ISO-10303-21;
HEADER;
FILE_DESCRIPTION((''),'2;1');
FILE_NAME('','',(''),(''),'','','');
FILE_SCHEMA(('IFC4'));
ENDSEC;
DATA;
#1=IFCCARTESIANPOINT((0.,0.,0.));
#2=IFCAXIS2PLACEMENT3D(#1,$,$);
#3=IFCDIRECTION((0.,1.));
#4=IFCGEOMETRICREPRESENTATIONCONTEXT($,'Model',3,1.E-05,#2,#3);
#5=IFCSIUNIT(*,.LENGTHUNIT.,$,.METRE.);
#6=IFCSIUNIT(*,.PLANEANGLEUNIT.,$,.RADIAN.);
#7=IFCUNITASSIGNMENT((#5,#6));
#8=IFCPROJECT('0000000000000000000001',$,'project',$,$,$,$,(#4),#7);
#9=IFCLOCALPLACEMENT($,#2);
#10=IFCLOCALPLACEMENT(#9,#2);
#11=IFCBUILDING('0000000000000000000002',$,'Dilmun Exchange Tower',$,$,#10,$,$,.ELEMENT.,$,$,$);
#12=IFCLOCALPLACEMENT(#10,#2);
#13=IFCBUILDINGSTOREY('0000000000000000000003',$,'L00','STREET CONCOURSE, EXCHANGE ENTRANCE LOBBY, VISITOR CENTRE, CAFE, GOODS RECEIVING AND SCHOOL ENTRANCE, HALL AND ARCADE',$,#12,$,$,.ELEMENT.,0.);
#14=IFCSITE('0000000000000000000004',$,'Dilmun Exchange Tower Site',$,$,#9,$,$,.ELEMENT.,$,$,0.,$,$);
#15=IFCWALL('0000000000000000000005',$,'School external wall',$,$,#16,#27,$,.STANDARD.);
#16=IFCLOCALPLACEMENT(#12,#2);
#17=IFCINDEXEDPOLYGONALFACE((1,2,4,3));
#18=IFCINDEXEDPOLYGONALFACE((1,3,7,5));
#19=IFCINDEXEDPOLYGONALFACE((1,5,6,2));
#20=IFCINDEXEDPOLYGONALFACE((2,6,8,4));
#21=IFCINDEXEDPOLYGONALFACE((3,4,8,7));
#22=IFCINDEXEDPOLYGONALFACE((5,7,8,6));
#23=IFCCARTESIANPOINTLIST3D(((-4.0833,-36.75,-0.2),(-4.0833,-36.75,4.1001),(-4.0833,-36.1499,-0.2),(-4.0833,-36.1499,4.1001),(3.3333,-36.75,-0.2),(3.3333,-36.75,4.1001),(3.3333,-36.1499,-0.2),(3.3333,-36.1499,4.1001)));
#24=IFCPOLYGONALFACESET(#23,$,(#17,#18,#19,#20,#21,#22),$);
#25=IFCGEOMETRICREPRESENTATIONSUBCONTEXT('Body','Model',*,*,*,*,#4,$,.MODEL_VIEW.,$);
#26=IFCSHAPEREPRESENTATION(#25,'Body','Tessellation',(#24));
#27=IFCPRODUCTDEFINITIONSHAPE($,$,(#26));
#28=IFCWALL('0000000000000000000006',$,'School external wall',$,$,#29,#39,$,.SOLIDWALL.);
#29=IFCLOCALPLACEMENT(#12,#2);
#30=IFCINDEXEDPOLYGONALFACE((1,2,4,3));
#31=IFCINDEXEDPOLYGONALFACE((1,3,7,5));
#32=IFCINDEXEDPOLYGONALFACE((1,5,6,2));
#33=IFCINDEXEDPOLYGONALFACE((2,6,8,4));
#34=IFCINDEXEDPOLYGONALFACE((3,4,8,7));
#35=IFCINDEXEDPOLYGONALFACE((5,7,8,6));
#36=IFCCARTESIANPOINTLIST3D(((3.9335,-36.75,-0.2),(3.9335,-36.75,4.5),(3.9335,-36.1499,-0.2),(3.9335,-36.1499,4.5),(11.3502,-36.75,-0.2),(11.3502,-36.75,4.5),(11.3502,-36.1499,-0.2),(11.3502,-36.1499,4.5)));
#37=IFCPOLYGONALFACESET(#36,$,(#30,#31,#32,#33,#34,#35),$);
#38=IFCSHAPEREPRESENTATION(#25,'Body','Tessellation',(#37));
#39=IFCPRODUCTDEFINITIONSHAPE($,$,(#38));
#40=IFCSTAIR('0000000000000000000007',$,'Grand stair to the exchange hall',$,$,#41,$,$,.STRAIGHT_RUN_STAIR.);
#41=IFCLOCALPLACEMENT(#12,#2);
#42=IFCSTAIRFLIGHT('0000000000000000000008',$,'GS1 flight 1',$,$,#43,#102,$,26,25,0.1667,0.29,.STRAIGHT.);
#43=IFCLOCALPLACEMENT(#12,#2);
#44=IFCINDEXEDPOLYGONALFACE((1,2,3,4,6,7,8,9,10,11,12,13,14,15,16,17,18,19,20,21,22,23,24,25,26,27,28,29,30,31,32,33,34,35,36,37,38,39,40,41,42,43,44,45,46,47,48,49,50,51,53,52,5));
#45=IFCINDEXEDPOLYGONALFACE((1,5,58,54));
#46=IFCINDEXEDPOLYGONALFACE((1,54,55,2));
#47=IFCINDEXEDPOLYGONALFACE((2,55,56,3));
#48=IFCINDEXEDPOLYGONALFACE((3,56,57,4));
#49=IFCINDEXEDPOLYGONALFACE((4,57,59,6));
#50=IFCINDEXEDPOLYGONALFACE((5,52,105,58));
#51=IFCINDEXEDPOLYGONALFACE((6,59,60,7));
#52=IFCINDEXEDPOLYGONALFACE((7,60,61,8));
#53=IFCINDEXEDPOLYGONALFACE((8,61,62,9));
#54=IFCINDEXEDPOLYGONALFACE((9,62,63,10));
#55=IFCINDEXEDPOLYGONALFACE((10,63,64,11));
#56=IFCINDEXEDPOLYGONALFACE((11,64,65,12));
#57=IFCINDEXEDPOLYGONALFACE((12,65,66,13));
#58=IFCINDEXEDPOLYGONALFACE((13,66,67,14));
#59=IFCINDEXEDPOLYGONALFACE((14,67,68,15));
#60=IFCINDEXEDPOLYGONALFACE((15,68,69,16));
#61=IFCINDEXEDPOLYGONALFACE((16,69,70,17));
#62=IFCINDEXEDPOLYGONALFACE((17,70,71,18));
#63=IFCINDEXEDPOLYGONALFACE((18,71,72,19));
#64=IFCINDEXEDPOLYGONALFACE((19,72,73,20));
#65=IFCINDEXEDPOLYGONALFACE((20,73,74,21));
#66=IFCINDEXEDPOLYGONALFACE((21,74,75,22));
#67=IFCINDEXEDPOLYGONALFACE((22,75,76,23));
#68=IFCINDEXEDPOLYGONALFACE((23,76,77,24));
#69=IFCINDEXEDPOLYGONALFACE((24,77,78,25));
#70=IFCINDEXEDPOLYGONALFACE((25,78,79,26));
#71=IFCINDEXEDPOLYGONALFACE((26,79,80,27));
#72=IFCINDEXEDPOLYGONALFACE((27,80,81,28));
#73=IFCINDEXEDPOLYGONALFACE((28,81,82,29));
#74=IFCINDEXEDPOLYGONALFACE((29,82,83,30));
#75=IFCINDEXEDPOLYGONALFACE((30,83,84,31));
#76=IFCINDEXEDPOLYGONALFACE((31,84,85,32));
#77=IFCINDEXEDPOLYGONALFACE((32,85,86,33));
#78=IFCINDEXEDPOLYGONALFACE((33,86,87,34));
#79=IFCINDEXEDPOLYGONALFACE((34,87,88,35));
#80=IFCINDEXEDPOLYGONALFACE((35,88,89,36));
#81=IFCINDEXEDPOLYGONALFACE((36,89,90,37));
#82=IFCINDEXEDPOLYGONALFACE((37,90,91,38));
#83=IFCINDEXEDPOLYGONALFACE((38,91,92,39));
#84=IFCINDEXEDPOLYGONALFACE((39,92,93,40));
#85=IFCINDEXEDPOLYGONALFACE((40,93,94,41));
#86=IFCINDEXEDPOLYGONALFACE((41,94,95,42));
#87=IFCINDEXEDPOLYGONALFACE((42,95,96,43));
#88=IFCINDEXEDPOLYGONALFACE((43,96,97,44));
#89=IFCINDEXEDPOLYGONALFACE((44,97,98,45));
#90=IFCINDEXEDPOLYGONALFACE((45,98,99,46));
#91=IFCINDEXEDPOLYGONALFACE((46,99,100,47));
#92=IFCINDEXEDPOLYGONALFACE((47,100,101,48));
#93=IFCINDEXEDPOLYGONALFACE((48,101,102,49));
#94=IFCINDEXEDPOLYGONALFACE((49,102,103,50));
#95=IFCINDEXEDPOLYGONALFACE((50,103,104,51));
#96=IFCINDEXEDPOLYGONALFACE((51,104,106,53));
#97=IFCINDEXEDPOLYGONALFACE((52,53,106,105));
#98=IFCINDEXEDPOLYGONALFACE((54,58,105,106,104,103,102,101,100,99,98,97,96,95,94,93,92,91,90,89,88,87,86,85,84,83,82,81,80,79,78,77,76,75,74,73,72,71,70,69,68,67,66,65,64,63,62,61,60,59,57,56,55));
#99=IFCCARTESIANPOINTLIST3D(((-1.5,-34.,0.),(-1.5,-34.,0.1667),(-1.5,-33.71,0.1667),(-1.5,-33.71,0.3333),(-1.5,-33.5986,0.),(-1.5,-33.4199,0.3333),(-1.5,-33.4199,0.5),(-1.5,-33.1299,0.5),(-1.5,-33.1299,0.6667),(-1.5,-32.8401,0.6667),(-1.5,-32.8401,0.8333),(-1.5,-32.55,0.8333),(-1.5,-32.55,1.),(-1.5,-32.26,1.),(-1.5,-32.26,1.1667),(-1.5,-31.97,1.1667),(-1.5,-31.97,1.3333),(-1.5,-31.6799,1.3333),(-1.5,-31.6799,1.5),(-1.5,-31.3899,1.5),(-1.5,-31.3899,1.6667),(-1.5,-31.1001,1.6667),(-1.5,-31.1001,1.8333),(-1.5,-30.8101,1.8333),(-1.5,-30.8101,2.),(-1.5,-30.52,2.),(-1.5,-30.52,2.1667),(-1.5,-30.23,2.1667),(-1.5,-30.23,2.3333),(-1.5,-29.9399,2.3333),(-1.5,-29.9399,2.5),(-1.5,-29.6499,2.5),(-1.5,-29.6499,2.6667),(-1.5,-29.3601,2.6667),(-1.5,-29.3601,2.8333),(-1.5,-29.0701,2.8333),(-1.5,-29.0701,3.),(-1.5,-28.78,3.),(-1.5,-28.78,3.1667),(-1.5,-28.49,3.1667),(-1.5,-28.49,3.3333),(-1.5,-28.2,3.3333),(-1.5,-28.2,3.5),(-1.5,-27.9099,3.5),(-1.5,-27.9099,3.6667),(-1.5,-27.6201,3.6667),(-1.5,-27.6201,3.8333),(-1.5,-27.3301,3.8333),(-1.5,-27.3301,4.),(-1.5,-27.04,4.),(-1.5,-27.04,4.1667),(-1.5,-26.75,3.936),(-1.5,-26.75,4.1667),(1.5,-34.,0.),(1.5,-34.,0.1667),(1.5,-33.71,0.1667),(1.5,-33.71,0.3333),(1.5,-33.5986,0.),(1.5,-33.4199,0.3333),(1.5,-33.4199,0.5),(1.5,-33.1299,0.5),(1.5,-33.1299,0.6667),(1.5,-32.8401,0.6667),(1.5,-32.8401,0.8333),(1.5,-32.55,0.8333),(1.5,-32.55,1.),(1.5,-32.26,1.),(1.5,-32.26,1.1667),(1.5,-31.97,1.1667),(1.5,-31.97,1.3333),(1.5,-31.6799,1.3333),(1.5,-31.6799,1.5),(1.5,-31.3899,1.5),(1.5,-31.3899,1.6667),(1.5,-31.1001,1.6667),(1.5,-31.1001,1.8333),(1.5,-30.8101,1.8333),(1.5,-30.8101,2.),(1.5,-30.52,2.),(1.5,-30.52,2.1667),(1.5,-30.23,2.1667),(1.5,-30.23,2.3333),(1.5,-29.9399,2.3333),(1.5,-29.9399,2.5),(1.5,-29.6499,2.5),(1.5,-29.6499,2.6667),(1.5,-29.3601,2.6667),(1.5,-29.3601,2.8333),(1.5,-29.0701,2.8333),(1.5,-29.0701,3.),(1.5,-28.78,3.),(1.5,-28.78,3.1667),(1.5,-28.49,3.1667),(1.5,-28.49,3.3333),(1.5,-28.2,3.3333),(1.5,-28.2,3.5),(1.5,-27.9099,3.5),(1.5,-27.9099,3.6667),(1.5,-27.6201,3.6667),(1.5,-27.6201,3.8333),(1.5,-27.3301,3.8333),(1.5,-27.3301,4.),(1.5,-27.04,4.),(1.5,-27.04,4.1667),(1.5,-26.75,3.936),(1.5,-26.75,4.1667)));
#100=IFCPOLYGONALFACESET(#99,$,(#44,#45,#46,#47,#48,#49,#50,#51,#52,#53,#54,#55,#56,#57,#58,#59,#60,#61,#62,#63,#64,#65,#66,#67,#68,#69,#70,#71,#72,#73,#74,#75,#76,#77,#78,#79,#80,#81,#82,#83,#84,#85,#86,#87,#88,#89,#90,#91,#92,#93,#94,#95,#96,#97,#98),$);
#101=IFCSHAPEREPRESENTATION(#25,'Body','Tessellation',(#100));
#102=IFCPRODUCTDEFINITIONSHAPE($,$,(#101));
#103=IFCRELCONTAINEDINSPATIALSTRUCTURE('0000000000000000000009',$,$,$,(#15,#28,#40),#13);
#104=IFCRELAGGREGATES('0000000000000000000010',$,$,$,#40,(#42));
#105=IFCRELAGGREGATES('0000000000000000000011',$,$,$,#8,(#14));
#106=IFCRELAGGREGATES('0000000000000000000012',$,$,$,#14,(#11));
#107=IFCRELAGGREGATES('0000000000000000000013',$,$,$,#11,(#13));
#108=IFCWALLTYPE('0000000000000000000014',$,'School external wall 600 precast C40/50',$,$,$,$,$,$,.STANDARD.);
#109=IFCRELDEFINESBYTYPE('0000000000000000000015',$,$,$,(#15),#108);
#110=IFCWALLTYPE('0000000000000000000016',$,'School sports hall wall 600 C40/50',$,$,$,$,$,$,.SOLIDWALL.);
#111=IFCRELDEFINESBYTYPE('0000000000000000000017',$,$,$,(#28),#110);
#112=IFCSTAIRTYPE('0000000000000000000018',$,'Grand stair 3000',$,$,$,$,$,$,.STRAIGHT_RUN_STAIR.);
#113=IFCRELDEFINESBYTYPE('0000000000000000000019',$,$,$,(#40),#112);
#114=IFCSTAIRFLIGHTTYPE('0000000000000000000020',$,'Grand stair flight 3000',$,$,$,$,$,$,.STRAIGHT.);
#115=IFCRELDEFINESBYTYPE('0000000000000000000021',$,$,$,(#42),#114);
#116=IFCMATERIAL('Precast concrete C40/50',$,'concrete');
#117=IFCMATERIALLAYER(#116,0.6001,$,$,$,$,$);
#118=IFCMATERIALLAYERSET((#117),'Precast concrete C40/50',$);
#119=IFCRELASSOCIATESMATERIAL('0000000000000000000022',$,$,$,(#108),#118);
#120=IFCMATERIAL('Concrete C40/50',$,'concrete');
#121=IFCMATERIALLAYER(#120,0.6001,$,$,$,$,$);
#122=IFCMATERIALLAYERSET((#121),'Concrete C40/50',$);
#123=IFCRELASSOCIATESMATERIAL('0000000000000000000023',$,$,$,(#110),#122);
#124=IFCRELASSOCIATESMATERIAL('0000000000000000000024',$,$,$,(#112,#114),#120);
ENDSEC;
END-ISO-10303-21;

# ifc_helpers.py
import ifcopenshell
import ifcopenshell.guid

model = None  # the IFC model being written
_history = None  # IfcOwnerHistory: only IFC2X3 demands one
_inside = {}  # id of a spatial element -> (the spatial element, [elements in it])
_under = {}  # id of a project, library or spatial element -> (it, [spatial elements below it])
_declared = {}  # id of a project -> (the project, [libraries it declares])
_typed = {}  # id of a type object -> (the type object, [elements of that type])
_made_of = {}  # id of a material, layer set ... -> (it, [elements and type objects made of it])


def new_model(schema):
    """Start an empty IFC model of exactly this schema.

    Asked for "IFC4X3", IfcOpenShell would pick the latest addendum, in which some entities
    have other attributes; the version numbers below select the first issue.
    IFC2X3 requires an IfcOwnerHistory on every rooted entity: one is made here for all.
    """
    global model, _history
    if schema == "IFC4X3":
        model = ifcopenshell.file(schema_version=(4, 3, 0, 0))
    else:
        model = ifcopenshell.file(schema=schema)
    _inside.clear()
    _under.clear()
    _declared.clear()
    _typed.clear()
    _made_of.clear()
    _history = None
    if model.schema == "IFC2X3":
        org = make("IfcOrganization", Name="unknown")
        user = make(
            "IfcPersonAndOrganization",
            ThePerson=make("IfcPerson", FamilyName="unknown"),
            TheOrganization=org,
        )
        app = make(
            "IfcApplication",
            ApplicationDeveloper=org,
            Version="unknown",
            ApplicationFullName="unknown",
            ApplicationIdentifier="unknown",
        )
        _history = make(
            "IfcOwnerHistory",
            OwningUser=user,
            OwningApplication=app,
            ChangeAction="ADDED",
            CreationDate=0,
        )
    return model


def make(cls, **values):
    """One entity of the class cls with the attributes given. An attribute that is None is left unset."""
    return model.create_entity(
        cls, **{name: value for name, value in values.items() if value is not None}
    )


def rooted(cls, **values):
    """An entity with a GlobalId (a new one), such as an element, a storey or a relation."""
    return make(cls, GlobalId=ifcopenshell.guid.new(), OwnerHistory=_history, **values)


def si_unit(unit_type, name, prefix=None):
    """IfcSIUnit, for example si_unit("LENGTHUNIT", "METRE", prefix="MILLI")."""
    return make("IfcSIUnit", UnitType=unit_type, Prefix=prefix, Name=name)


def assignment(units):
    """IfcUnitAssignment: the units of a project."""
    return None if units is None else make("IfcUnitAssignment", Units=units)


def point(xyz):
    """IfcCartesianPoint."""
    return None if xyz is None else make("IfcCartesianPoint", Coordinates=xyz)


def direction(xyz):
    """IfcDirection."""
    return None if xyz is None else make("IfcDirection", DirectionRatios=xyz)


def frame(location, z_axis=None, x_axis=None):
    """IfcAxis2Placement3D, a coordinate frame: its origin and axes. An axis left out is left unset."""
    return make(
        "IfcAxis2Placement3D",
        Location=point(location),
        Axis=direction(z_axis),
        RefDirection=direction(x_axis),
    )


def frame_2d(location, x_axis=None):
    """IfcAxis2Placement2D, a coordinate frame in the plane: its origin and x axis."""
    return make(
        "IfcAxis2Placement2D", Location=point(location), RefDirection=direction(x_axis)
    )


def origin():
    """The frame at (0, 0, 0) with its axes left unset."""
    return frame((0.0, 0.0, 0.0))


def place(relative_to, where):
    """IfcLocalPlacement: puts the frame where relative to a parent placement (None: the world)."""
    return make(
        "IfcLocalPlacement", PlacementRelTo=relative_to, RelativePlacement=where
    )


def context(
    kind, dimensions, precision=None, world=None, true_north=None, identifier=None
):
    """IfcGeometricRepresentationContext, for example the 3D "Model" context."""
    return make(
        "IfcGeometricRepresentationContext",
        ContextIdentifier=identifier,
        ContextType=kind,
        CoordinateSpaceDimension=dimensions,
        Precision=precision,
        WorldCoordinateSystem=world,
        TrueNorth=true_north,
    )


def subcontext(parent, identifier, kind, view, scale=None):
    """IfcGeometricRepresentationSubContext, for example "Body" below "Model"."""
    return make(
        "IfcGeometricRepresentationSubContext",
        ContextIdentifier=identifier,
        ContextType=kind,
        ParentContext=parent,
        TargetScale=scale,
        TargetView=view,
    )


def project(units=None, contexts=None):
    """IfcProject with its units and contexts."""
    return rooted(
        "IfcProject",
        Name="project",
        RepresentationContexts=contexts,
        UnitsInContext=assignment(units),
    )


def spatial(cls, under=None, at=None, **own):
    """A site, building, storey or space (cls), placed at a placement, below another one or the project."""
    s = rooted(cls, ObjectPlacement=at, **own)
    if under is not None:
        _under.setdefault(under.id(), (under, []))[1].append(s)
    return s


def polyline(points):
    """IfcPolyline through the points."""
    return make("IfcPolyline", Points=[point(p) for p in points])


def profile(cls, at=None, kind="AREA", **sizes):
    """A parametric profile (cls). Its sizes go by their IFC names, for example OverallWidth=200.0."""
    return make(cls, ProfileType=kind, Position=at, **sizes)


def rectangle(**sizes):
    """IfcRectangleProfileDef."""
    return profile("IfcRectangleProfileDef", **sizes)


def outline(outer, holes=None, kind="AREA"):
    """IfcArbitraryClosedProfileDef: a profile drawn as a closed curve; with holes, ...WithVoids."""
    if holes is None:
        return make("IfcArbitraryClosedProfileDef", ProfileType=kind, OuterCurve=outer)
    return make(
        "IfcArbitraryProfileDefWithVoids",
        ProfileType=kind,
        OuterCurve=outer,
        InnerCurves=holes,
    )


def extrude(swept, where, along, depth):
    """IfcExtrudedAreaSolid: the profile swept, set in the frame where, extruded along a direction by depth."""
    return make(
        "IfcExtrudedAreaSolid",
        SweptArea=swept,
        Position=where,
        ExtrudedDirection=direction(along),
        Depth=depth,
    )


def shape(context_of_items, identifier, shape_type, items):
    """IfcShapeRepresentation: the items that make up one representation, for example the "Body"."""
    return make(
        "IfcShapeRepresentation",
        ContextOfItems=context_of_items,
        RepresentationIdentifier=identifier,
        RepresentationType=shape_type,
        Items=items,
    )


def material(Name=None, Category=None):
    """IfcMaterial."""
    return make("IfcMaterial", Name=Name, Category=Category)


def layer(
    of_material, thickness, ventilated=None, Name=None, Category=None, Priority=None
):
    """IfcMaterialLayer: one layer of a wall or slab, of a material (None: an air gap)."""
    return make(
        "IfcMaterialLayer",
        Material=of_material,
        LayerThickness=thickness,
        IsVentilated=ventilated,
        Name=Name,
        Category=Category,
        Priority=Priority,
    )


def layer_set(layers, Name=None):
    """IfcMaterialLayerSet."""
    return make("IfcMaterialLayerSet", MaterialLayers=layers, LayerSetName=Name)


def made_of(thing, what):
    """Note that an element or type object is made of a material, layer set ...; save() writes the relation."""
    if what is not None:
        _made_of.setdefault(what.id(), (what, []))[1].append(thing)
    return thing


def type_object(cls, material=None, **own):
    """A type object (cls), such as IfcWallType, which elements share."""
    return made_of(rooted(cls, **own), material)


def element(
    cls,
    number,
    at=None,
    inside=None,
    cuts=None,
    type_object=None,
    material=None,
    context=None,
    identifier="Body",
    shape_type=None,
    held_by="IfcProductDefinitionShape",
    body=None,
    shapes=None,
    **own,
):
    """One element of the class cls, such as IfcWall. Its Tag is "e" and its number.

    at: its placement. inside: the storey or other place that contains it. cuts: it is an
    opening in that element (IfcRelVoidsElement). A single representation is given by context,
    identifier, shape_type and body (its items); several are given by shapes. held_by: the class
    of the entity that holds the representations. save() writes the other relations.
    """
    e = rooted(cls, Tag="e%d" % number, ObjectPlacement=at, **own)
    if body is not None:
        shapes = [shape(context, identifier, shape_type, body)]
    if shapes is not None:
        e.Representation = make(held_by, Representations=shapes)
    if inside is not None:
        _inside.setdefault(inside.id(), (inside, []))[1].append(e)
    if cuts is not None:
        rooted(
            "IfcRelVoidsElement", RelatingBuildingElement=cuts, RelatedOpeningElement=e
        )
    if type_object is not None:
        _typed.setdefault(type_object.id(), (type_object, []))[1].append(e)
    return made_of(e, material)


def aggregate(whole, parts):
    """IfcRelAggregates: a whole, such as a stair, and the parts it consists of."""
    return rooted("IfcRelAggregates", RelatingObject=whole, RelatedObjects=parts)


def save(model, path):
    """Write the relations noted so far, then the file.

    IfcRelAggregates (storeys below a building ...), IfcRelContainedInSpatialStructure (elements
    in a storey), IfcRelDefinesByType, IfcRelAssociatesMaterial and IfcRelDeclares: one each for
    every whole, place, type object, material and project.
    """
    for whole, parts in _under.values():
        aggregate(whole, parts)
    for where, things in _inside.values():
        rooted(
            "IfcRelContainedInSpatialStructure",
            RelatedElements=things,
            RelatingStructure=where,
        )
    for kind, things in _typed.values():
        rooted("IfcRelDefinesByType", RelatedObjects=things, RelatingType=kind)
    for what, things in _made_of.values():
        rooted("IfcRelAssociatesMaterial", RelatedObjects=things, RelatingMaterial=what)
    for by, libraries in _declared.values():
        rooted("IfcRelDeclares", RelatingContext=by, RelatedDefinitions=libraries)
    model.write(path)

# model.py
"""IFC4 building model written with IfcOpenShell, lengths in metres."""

from ifc_helpers import new_model, si_unit, direction, frame, frame_2d, origin, place, context, subcontext, project, spatial, polyline, rectangle, outline, extrude, material, layer, layer_set, type_object, element, aggregate, save


model = new_model("IFC4")

# Units and contexts
model_context = context("Model", 3, precision=1e-05, world=origin(), true_north=direction((0.0, 1.0)))
body_context = subcontext(model_context, "Body", "Model", "MODEL_VIEW")
ifc_project = project(units=[si_unit("LENGTHUNIT", "METRE"), si_unit("PLANEANGLEUNIT", "RADIAN")], contexts=[model_context])

# Site, building, storey
site_placement = place(None, origin())
site = spatial("IfcSite", under=ifc_project, at=site_placement, Name="Dilmun Exchange Tower Site", CompositionType="ELEMENT", RefElevation=0.0)
building_placement = place(site_placement, origin())
building = spatial("IfcBuilding", under=site, at=building_placement, Name="Dilmun Exchange Tower", CompositionType="ELEMENT")
storey_placement = place(building_placement, origin())
storey = spatial("IfcBuildingStorey", under=building, at=storey_placement, Name="L00", Description="STREET CONCOURSE, EXCHANGE ENTRANCE LOBBY, VISITOR CENTRE, CAFE, GOODS RECEIVING AND SCHOOL ENTRANCE, HALL AND ARCADE", CompositionType="ELEMENT", Elevation=0.0)

# Shared definitions
ifc_material_1 = material(Name="Concrete C40/50", Category="concrete")

# Walls
ifc_material_2 = material(Name="Precast concrete C40/50", Category="concrete")
ifc_layer_1 = layer(ifc_material_2, 0.6001)
ifc_layer_set_1 = layer_set([ifc_layer_1], Name="Precast concrete C40/50")
wall_type_1 = type_object("IfcWallType", Name="School external wall 600 precast C40/50", PredefinedType="STANDARD", material=ifc_layer_set_1)
wall_1_placement = place(storey_placement, frame((-4.0833, -36.45, -0.2), z_axis=(0.0, 0.0, 1.0), x_axis=(1.0, 0.0, 0.0)))
element("IfcWall", 1, at=wall_1_placement, inside=storey, type_object=wall_type_1, Name="School external wall", PredefinedType="STANDARD", context=body_context, shape_type="SweptSolid", body=[
    extrude(rectangle(XDim=7.4165, YDim=0.6001, at=frame_2d((3.7083, 0.0))), origin(), (0.0, 0.0, 1.0), 4.3),
])
ifc_layer_2 = layer(ifc_material_1, 0.6001)
ifc_layer_set_2 = layer_set([ifc_layer_2], Name="Concrete C40/50")
wall_type_2 = type_object("IfcWallType", Name="School sports hall wall 600 C40/50", PredefinedType="SOLIDWALL", material=ifc_layer_set_2)
wall_2_placement = place(storey_placement, frame((3.9333, -36.45, -0.2), z_axis=(0.0, 0.0, 1.0), x_axis=(1.0, 0.0, 0.0)))
element("IfcWall", 2, at=wall_2_placement, inside=storey, type_object=wall_type_2, Name="School external wall", PredefinedType="SOLIDWALL", context=body_context, shape_type="SweptSolid", body=[
    extrude(rectangle(XDim=7.4167, YDim=0.6001, at=frame_2d((3.7085, 0.0))), origin(), (0.0, 0.0, 1.0), 4.7),
])

# Stair, stair flight
stair_type = type_object("IfcStairType", Name="Grand stair 3000", PredefinedType="STRAIGHT_RUN_STAIR", material=ifc_material_1)
stair_placement = place(storey_placement, origin())
stair = element("IfcStair", 3, at=stair_placement, inside=storey, type_object=stair_type, Name="Grand stair to the exchange hall", PredefinedType="STRAIGHT_RUN_STAIR")
stair_flight_type = type_object("IfcStairFlightType", Name="Grand stair flight 3000", PredefinedType="STRAIGHT", material=ifc_material_1)
stair_flight_placement = place(storey_placement, frame((0.0, -34.0, 0.0), z_axis=(0.0, 0.0, 1.0), x_axis=(0.0, 1.0, 0.0)))
stair_flight = element("IfcStairFlight", 4, at=stair_flight_placement, type_object=stair_flight_type, Name="GS1 flight 1", NumberOfRisers=26, NumberOfTreads=25, PredefinedType="STRAIGHT", RiserHeight=0.1667, TreadLength=0.29, context=body_context, shape_type="SweptSolid", body=[
    extrude(outline(polyline([(0.0, 0.0), (0.0, 0.1667), (0.29, 0.1667), (0.29, 0.3333), (0.5801, 0.3333), (0.5801, 0.5), (0.8701, 0.5), (0.8701, 0.6667), (1.1599, 0.6667), (1.1599, 0.8333), (1.45, 0.8333), (1.45, 1.0), (1.74, 1.0), (1.74, 1.1667), (2.03, 1.1667), (2.03, 1.3333), (2.3201, 1.3333), (2.3201, 1.5), (2.6101, 1.5), (2.6101, 1.6667), (2.8999, 1.6667), (2.8999, 1.8333), (3.1899, 1.8333), (3.1899, 2.0), (3.48, 2.0), (3.48, 2.1667), (3.77, 2.1667), (3.77, 2.3333), (4.0601, 2.3333), (4.0601, 2.5), (4.3501, 2.5), (4.3501, 2.6667), (4.6399, 2.6667), (4.6399, 2.8333), (4.9299, 2.8333), (4.9299, 3.0), (5.22, 3.0), (5.22, 3.1667), (5.51, 3.1667), (5.51, 3.3333), (5.8, 3.3333), (5.8, 3.5), (6.0901, 3.5), (6.0901, 3.6667), (6.3799, 3.6667), (6.3799, 3.8333), (6.6699, 3.8333), (6.6699, 4.0), (6.96, 4.0), (6.96, 4.1667), (7.25, 4.1667), (7.25, 4.3333), (7.25, 3.936), (0.4014, 0.0), (0.0, 0.0)])), frame((0.0, 1.5, 0.0), z_axis=(0.0, -1.0, 0.0), x_axis=(1.0, 0.0, 0.0)), (0.0, 0.0, 1.0), 3.0),
])
aggregate(stair, [stair_flight])

save(model, "model.ifc")
